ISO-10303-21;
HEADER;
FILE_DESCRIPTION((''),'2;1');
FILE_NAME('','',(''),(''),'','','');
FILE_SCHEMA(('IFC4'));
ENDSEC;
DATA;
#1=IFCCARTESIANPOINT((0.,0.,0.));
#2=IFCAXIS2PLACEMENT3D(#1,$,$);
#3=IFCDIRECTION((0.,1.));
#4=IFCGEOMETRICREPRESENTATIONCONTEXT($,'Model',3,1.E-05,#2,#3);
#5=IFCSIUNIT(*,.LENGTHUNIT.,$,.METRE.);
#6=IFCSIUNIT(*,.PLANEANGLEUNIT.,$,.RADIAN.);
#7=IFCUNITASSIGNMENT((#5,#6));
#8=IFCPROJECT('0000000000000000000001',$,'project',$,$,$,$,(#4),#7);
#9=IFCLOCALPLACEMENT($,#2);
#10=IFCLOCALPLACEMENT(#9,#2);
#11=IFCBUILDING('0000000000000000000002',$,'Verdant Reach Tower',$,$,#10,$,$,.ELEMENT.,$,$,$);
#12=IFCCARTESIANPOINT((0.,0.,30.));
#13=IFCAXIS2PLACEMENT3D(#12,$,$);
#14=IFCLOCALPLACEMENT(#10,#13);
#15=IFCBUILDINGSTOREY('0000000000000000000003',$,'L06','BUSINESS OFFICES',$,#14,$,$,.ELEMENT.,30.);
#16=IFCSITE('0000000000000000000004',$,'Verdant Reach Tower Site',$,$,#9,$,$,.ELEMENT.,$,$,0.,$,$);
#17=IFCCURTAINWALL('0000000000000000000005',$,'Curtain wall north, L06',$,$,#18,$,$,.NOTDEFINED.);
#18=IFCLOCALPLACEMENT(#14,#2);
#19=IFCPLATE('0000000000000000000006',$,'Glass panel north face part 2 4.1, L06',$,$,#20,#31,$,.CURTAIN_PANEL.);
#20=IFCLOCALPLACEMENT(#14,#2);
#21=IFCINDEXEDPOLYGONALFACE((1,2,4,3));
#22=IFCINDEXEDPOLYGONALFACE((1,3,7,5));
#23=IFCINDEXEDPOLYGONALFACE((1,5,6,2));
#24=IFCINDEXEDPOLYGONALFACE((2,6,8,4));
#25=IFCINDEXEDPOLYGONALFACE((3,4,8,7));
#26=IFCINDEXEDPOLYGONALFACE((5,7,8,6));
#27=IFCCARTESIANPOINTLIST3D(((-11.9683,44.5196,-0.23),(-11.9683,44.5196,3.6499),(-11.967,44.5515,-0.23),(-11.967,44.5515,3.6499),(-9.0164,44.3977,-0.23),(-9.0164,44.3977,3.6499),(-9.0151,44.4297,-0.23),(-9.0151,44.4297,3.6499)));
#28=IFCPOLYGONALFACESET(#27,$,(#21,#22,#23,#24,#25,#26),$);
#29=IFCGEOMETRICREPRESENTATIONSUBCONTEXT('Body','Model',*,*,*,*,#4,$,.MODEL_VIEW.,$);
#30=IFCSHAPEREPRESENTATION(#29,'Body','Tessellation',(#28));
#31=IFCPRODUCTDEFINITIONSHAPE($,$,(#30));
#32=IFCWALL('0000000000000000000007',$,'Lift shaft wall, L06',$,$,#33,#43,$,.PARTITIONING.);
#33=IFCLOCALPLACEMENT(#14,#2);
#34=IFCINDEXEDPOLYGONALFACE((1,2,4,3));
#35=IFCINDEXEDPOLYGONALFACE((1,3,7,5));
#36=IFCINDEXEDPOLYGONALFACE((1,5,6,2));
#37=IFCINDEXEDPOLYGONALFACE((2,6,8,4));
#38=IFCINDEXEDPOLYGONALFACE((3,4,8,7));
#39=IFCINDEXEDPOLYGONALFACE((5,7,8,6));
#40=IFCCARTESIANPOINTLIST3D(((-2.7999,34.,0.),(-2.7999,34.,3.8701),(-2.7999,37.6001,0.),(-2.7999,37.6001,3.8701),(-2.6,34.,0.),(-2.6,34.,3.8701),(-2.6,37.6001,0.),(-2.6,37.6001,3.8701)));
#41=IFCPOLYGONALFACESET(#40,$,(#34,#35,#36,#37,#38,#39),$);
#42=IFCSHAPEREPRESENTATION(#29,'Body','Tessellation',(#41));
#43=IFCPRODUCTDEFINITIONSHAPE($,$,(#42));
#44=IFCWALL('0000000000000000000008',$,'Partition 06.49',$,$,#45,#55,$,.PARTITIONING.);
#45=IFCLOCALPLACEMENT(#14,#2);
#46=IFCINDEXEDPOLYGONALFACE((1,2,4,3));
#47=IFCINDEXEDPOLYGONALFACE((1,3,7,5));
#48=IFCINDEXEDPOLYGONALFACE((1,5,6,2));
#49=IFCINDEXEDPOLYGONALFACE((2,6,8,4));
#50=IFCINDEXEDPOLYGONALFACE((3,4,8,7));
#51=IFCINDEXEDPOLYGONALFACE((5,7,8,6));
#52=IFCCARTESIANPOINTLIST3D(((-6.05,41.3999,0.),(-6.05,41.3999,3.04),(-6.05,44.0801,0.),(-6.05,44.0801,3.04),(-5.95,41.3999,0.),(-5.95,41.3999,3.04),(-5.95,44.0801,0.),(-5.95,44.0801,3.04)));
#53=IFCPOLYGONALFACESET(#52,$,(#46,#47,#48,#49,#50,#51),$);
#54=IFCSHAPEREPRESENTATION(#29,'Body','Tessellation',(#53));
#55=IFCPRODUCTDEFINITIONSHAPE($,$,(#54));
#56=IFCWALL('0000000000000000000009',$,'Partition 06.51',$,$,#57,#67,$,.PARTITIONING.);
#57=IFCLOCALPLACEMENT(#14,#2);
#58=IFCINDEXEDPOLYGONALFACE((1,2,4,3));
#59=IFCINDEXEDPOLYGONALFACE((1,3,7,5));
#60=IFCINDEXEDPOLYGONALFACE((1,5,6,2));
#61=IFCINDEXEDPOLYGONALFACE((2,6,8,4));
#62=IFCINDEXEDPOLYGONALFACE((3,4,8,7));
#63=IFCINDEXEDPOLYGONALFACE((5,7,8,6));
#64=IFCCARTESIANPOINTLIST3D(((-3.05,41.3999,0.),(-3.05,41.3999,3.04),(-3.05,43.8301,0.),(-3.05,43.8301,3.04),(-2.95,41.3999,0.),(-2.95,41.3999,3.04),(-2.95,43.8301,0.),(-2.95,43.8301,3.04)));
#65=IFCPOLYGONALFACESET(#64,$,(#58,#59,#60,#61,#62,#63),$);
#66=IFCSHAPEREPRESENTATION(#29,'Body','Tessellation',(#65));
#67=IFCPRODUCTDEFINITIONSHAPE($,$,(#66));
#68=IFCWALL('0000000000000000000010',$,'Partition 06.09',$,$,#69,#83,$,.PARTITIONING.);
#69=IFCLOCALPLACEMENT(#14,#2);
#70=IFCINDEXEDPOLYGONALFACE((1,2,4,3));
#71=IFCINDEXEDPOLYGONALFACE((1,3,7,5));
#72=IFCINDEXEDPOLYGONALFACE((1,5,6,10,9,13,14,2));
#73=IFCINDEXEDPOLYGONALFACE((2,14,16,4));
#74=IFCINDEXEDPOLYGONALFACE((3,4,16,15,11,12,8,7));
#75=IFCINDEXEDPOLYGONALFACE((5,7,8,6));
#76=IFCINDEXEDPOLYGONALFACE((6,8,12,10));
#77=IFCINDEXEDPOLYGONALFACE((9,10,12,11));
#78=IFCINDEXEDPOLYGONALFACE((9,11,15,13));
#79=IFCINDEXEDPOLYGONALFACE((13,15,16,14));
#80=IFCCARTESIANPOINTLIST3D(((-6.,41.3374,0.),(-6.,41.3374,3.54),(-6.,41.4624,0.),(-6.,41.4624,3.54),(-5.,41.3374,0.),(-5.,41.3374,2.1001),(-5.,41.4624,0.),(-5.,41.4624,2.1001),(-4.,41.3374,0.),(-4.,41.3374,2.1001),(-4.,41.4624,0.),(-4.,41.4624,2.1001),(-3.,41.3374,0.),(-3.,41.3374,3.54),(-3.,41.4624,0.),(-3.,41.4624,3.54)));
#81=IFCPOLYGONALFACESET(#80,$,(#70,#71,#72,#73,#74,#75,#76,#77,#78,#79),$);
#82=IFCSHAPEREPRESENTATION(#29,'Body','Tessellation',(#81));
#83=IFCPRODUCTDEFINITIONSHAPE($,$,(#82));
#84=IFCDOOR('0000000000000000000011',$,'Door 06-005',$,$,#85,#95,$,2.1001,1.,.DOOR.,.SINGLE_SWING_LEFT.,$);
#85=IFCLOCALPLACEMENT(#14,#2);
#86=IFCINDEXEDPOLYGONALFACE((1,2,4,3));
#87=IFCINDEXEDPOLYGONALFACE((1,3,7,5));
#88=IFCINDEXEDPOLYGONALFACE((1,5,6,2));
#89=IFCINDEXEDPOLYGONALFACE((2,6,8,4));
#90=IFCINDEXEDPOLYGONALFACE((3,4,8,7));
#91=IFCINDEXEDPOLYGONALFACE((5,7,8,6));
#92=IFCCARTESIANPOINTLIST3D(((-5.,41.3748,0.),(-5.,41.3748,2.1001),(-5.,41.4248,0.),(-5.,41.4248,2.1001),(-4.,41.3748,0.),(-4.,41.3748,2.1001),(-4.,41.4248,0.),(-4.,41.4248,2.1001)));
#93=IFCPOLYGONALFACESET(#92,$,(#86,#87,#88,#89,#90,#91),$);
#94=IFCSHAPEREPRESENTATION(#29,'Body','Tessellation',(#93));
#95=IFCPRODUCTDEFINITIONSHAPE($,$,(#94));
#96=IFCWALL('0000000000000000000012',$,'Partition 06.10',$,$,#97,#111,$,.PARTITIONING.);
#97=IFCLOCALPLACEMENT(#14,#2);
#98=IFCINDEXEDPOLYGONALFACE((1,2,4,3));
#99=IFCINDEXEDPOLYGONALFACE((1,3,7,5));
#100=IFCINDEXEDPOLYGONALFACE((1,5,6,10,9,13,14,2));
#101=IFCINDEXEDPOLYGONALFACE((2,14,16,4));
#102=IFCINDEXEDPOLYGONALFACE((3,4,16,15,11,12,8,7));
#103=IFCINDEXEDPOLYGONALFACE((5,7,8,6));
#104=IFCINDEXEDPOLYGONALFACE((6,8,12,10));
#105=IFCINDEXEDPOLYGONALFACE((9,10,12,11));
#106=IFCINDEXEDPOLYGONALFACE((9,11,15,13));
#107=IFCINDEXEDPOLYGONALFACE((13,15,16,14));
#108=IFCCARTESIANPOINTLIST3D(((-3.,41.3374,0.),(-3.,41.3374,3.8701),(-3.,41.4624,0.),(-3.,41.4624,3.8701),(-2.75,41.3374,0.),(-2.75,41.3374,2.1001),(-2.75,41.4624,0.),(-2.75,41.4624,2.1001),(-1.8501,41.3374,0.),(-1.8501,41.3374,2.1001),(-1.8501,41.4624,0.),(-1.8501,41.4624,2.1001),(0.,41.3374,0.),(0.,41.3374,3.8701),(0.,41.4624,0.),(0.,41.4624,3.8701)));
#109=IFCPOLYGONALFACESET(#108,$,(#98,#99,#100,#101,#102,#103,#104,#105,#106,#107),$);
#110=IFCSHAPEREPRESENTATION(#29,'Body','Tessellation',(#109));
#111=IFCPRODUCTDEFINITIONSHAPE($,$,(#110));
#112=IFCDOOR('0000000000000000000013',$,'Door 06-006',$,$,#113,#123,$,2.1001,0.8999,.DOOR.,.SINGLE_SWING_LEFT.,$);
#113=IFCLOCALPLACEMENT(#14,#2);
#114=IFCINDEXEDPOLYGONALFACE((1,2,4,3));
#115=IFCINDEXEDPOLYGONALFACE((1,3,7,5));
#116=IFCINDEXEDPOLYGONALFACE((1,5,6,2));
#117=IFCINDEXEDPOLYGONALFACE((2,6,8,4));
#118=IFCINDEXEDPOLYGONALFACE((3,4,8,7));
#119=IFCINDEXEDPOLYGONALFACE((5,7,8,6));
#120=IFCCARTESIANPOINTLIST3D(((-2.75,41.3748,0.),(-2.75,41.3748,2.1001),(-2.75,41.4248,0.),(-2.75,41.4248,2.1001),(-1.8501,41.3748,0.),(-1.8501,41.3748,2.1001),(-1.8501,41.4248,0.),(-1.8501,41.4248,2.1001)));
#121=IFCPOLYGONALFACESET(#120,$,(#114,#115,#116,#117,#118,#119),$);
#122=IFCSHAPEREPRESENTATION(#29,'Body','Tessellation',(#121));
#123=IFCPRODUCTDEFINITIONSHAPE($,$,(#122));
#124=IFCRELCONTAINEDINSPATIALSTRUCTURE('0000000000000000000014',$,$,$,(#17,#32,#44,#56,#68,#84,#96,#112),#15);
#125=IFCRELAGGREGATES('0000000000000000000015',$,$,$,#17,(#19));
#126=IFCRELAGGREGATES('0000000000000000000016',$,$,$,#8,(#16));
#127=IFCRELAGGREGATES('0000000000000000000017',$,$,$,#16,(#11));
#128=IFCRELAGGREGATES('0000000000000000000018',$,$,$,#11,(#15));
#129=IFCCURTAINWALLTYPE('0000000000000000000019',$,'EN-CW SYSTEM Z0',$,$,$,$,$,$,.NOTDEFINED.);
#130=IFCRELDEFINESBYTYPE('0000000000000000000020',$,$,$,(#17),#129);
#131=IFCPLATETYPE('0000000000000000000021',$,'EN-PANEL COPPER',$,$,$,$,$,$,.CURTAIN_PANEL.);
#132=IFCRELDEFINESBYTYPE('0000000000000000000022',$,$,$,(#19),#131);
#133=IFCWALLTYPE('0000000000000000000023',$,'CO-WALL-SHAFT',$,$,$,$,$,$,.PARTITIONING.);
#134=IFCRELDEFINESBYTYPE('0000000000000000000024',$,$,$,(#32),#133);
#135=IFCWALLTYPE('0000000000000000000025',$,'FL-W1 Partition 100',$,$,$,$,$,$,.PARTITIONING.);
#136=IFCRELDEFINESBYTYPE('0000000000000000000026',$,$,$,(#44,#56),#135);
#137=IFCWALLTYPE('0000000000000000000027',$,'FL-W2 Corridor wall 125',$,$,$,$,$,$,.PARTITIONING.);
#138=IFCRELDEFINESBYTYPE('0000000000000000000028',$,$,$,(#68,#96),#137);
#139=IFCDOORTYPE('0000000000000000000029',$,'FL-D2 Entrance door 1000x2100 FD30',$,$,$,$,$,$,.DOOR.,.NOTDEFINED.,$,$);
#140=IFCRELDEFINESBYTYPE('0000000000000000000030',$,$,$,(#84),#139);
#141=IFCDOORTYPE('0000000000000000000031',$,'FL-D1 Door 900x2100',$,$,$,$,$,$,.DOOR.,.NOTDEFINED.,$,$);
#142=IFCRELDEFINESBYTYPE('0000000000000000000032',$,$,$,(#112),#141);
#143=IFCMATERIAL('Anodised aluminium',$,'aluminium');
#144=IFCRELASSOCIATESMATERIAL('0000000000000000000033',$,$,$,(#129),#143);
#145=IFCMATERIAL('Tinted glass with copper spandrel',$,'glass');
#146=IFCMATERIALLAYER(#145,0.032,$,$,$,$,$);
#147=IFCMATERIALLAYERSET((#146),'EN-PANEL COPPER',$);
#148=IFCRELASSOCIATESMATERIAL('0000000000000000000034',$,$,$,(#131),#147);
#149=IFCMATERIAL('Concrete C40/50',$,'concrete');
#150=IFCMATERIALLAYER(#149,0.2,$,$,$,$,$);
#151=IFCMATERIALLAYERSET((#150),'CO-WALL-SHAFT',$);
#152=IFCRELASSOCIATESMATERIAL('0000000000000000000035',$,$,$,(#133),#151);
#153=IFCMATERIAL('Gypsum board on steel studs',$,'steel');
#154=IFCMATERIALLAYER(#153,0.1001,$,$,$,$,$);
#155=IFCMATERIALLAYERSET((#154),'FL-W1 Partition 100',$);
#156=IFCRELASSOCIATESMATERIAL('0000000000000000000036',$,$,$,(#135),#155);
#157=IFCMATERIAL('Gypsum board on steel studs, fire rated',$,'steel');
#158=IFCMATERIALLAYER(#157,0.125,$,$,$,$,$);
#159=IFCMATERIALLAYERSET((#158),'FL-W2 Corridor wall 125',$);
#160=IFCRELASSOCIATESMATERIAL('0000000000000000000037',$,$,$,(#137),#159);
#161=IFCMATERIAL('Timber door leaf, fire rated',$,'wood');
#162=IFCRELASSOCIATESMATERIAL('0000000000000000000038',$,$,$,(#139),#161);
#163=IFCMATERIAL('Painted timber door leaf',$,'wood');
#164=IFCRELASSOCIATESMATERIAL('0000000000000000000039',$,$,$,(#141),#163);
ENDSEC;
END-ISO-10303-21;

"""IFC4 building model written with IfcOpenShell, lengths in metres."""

from ifc_helpers import new_model, si_unit, direction, frame, frame_2d, origin, origin_2d, place, context, subcontext, project, spatial, rectangle, extrude, material, layer, layer_set, type_object, element, fill, aggregate, save


model = new_model("IFC4")

# Units and contexts
model_context = context("Model", 3, precision=1e-05, world=origin(), true_north=direction((0.0, 1.0)))
body_context = subcontext(model_context, "Body", "Model", "MODEL_VIEW")
ifc_project = project(units=[si_unit("LENGTHUNIT", "METRE"), si_unit("PLANEANGLEUNIT", "RADIAN")], contexts=[model_context])

# Site, building, storey
site_placement = place(None, origin())
site = spatial("IfcSite", under=ifc_project, at=site_placement, Name="Verdant Reach Tower Site", CompositionType="ELEMENT", RefElevation=0.0)
building_placement = place(site_placement, origin())
building = spatial("IfcBuilding", under=site, at=building_placement, Name="Verdant Reach Tower", CompositionType="ELEMENT")
storey_placement = place(building_placement, frame((0.0, 0.0, 30.0)))
storey = spatial("IfcBuildingStorey", under=building, at=storey_placement, Name="L06", Description="BUSINESS OFFICES", CompositionType="ELEMENT", Elevation=30.0)

# Curtain wall
ifc_material_1 = material(Name="Anodised aluminium", Category="aluminium")
curtain_wall_type = type_object("IfcCurtainWallType", Name="EN-CW SYSTEM Z0", PredefinedType="NOTDEFINED", material=ifc_material_1)
curtain_wall_placement = place(storey_placement, origin())
curtain_wall = element("IfcCurtainWall", 1, at=curtain_wall_placement, inside=storey, type_object=curtain_wall_type, Name="Curtain wall north, L06", PredefinedType="NOTDEFINED")

# Plate
ifc_material_2 = material(Name="Tinted glass with copper spandrel", Category="glass")
ifc_layer_1 = layer(ifc_material_2, 0.032)
ifc_layer_set_1 = layer_set([ifc_layer_1], Name="EN-PANEL COPPER")
plate_type_1 = type_object("IfcPlateType", Name="EN-PANEL COPPER", PredefinedType="CURTAIN_PANEL", material=ifc_layer_set_1)
plate_1_placement = place(storey_placement, frame((-10.4917, 44.4746, -0.23), z_axis=(0.0, 0.0, 1.0), x_axis=(-0.999149, 0.041242, 0.0)))
plate_1 = element("IfcPlate", 2, at=plate_1_placement, type_object=plate_type_1, Name="Glass panel north face part 2 4.1, L06", PredefinedType="CURTAIN_PANEL", context=body_context, shape_type="SweptSolid", body=[
    extrude(rectangle(XDim=2.9543, YDim=0.032, at=origin_2d()), origin(), (0.0, 0.0, 1.0), 3.8799),
])
aggregate(curtain_wall, [plate_1])

# Walls
ifc_material_3 = material(Name="Concrete C40/50", Category="concrete")
ifc_layer_2 = layer(ifc_material_3, 0.2)
ifc_layer_set_2 = layer_set([ifc_layer_2], Name="CO-WALL-SHAFT")
wall_type_1 = type_object("IfcWallType", Name="CO-WALL-SHAFT", PredefinedType="PARTITIONING", material=ifc_layer_set_2)
wall_1_placement = place(storey_placement, frame((-2.7, 34.0, 0.0), z_axis=(0.0, 0.0, 1.0), x_axis=(0.0, 1.0, 0.0)))
element("IfcWall", 3, at=wall_1_placement, inside=storey, type_object=wall_type_1, Name="Lift shaft wall, L06", PredefinedType="PARTITIONING", context=body_context, shape_type="SweptSolid", body=[
    extrude(rectangle(XDim=3.6001, YDim=0.2, at=frame_2d((1.8, 0.0))), origin(), (0.0, 0.0, 1.0), 3.8701),
])
ifc_material_4 = material(Name="Gypsum board on steel studs", Category="steel")
ifc_layer_3 = layer(ifc_material_4, 0.1001)
ifc_layer_set_3 = layer_set([ifc_layer_3], Name="FL-W1 Partition 100")
wall_type_2 = type_object("IfcWallType", Name="FL-W1 Partition 100", PredefinedType="PARTITIONING", material=ifc_layer_set_3)
wall_2_placement = place(storey_placement, frame((-6.0, 41.3999, 0.0), z_axis=(0.0, 0.0, 1.0), x_axis=(0.0, 1.0, 0.0)))
element("IfcWall", 4, at=wall_2_placement, inside=storey, type_object=wall_type_2, Name="Partition 06.49", PredefinedType="PARTITIONING", context=body_context, shape_type="SweptSolid", body=[
    extrude(rectangle(XDim=2.6802, YDim=0.1001, at=frame_2d((1.3401, 0.0))), origin(), (0.0, 0.0, 1.0), 3.04),
])
wall_3_placement = place(storey_placement, frame((-3.0, 41.3999, 0.0), z_axis=(0.0, 0.0, 1.0), x_axis=(0.0, 1.0, 0.0)))
element("IfcWall", 5, at=wall_3_placement, inside=storey, type_object=wall_type_2, Name="Partition 06.51", PredefinedType="PARTITIONING", context=body_context, shape_type="SweptSolid", body=[
    extrude(rectangle(XDim=2.4302, YDim=0.1001, at=frame_2d((1.2151, 0.0))), origin(), (0.0, 0.0, 1.0), 3.04),
])

# Walls, openings, doors
ifc_material_5 = material(Name="Gypsum board on steel studs, fire rated", Category="steel")
ifc_layer_4 = layer(ifc_material_5, 0.125)
ifc_layer_set_4 = layer_set([ifc_layer_4], Name="FL-W2 Corridor wall 125")
wall_type_3 = type_object("IfcWallType", Name="FL-W2 Corridor wall 125", PredefinedType="PARTITIONING", material=ifc_layer_set_4)
wall_4_placement = place(storey_placement, frame((-6.0, 41.3999, 0.0), z_axis=(0.0, 0.0, 1.0), x_axis=(1.0, 0.0, 0.0)))
wall_4 = element("IfcWall", 6, at=wall_4_placement, inside=storey, type_object=wall_type_3, Name="Partition 06.09", PredefinedType="PARTITIONING", context=body_context, shape_type="SweptSolid", body=[
    extrude(rectangle(XDim=3.0, YDim=0.125, at=frame_2d((1.5, 0.0))), origin(), (0.0, 0.0, 1.0), 3.54),
])
opening_1_placement = place(wall_4_placement, frame((1.0, 0.0, 0.0)))
opening_1 = element("IfcOpeningElement", 7, at=opening_1_placement, cuts=wall_4, PredefinedType="OPENING", context=body_context, shape_type="SweptSolid", body=[
    extrude(rectangle(XDim=1.0, YDim=2.1001, at=frame_2d((0.5, 1.05))), frame((0.0, 0.0725, 0.0), z_axis=(0.0, -1.0, 0.0), x_axis=(1.0, 0.0, 0.0)), (0.0, 0.0, 1.0), 0.145),
])
ifc_material_6 = material(Name="Timber door leaf, fire rated", Category="wood")
door_type_1 = type_object("IfcDoorType", Name="FL-D2 Entrance door 1000x2100 FD30", OperationType="NOTDEFINED", PredefinedType="DOOR", material=ifc_material_6)
door_1_placement = place(opening_1_placement, origin())
door_1 = element("IfcDoor", 8, at=door_1_placement, inside=storey, type_object=door_type_1, Name="Door 06-005", OperationType="SINGLE_SWING_LEFT", OverallHeight=2.1001, OverallWidth=1.0, PredefinedType="DOOR", context=body_context, shape_type="SweptSolid", body=[
    extrude(rectangle(XDim=1.0, YDim=2.1001, at=frame_2d((0.5, 1.05))), frame((0.0, 0.0249, 0.0), z_axis=(0.0, -1.0, 0.0), x_axis=(1.0, 0.0, 0.0)), (0.0, 0.0, 1.0), 0.05),
])
fill(opening_1, door_1)
wall_5_placement = place(storey_placement, frame((-3.0, 41.3999, 0.0), z_axis=(0.0, 0.0, 1.0), x_axis=(1.0, 0.0, 0.0)))
wall_5 = element("IfcWall", 9, at=wall_5_placement, inside=storey, type_object=wall_type_3, Name="Partition 06.10", PredefinedType="PARTITIONING", context=body_context, shape_type="SweptSolid", body=[
    extrude(rectangle(XDim=3.0, YDim=0.125, at=frame_2d((1.5, 0.0))), origin(), (0.0, 0.0, 1.0), 3.8701),
])
opening_2_placement = place(wall_5_placement, frame((0.25, 0.0, 0.0)))
opening_2 = element("IfcOpeningElement", 10, at=opening_2_placement, cuts=wall_5, PredefinedType="OPENING", context=body_context, shape_type="SweptSolid", body=[
    extrude(rectangle(XDim=0.8999, YDim=2.1001, at=frame_2d((0.45, 1.05))), frame((0.0, 0.0725, 0.0), z_axis=(0.0, -1.0, 0.0), x_axis=(1.0, 0.0, 0.0)), (0.0, 0.0, 1.0), 0.145),
])
ifc_material_7 = material(Name="Painted timber door leaf", Category="wood")
door_type_2 = type_object("IfcDoorType", Name="FL-D1 Door 900x2100", OperationType="NOTDEFINED", PredefinedType="DOOR", material=ifc_material_7)
door_2_placement = place(opening_2_placement, origin())
door_2 = element("IfcDoor", 11, at=door_2_placement, inside=storey, type_object=door_type_2, Name="Door 06-006", OperationType="SINGLE_SWING_LEFT", OverallHeight=2.1001, OverallWidth=0.8999, PredefinedType="DOOR", context=body_context, shape_type="SweptSolid", body=[
    extrude(rectangle(XDim=0.8999, YDim=2.1001, at=frame_2d((0.45, 1.05))), frame((0.0, 0.0249, 0.0), z_axis=(0.0, -1.0, 0.0), x_axis=(1.0, 0.0, 0.0)), (0.0, 0.0, 1.0), 0.05),
])
fill(opening_2, door_2)

save(model, "model.ifc")
